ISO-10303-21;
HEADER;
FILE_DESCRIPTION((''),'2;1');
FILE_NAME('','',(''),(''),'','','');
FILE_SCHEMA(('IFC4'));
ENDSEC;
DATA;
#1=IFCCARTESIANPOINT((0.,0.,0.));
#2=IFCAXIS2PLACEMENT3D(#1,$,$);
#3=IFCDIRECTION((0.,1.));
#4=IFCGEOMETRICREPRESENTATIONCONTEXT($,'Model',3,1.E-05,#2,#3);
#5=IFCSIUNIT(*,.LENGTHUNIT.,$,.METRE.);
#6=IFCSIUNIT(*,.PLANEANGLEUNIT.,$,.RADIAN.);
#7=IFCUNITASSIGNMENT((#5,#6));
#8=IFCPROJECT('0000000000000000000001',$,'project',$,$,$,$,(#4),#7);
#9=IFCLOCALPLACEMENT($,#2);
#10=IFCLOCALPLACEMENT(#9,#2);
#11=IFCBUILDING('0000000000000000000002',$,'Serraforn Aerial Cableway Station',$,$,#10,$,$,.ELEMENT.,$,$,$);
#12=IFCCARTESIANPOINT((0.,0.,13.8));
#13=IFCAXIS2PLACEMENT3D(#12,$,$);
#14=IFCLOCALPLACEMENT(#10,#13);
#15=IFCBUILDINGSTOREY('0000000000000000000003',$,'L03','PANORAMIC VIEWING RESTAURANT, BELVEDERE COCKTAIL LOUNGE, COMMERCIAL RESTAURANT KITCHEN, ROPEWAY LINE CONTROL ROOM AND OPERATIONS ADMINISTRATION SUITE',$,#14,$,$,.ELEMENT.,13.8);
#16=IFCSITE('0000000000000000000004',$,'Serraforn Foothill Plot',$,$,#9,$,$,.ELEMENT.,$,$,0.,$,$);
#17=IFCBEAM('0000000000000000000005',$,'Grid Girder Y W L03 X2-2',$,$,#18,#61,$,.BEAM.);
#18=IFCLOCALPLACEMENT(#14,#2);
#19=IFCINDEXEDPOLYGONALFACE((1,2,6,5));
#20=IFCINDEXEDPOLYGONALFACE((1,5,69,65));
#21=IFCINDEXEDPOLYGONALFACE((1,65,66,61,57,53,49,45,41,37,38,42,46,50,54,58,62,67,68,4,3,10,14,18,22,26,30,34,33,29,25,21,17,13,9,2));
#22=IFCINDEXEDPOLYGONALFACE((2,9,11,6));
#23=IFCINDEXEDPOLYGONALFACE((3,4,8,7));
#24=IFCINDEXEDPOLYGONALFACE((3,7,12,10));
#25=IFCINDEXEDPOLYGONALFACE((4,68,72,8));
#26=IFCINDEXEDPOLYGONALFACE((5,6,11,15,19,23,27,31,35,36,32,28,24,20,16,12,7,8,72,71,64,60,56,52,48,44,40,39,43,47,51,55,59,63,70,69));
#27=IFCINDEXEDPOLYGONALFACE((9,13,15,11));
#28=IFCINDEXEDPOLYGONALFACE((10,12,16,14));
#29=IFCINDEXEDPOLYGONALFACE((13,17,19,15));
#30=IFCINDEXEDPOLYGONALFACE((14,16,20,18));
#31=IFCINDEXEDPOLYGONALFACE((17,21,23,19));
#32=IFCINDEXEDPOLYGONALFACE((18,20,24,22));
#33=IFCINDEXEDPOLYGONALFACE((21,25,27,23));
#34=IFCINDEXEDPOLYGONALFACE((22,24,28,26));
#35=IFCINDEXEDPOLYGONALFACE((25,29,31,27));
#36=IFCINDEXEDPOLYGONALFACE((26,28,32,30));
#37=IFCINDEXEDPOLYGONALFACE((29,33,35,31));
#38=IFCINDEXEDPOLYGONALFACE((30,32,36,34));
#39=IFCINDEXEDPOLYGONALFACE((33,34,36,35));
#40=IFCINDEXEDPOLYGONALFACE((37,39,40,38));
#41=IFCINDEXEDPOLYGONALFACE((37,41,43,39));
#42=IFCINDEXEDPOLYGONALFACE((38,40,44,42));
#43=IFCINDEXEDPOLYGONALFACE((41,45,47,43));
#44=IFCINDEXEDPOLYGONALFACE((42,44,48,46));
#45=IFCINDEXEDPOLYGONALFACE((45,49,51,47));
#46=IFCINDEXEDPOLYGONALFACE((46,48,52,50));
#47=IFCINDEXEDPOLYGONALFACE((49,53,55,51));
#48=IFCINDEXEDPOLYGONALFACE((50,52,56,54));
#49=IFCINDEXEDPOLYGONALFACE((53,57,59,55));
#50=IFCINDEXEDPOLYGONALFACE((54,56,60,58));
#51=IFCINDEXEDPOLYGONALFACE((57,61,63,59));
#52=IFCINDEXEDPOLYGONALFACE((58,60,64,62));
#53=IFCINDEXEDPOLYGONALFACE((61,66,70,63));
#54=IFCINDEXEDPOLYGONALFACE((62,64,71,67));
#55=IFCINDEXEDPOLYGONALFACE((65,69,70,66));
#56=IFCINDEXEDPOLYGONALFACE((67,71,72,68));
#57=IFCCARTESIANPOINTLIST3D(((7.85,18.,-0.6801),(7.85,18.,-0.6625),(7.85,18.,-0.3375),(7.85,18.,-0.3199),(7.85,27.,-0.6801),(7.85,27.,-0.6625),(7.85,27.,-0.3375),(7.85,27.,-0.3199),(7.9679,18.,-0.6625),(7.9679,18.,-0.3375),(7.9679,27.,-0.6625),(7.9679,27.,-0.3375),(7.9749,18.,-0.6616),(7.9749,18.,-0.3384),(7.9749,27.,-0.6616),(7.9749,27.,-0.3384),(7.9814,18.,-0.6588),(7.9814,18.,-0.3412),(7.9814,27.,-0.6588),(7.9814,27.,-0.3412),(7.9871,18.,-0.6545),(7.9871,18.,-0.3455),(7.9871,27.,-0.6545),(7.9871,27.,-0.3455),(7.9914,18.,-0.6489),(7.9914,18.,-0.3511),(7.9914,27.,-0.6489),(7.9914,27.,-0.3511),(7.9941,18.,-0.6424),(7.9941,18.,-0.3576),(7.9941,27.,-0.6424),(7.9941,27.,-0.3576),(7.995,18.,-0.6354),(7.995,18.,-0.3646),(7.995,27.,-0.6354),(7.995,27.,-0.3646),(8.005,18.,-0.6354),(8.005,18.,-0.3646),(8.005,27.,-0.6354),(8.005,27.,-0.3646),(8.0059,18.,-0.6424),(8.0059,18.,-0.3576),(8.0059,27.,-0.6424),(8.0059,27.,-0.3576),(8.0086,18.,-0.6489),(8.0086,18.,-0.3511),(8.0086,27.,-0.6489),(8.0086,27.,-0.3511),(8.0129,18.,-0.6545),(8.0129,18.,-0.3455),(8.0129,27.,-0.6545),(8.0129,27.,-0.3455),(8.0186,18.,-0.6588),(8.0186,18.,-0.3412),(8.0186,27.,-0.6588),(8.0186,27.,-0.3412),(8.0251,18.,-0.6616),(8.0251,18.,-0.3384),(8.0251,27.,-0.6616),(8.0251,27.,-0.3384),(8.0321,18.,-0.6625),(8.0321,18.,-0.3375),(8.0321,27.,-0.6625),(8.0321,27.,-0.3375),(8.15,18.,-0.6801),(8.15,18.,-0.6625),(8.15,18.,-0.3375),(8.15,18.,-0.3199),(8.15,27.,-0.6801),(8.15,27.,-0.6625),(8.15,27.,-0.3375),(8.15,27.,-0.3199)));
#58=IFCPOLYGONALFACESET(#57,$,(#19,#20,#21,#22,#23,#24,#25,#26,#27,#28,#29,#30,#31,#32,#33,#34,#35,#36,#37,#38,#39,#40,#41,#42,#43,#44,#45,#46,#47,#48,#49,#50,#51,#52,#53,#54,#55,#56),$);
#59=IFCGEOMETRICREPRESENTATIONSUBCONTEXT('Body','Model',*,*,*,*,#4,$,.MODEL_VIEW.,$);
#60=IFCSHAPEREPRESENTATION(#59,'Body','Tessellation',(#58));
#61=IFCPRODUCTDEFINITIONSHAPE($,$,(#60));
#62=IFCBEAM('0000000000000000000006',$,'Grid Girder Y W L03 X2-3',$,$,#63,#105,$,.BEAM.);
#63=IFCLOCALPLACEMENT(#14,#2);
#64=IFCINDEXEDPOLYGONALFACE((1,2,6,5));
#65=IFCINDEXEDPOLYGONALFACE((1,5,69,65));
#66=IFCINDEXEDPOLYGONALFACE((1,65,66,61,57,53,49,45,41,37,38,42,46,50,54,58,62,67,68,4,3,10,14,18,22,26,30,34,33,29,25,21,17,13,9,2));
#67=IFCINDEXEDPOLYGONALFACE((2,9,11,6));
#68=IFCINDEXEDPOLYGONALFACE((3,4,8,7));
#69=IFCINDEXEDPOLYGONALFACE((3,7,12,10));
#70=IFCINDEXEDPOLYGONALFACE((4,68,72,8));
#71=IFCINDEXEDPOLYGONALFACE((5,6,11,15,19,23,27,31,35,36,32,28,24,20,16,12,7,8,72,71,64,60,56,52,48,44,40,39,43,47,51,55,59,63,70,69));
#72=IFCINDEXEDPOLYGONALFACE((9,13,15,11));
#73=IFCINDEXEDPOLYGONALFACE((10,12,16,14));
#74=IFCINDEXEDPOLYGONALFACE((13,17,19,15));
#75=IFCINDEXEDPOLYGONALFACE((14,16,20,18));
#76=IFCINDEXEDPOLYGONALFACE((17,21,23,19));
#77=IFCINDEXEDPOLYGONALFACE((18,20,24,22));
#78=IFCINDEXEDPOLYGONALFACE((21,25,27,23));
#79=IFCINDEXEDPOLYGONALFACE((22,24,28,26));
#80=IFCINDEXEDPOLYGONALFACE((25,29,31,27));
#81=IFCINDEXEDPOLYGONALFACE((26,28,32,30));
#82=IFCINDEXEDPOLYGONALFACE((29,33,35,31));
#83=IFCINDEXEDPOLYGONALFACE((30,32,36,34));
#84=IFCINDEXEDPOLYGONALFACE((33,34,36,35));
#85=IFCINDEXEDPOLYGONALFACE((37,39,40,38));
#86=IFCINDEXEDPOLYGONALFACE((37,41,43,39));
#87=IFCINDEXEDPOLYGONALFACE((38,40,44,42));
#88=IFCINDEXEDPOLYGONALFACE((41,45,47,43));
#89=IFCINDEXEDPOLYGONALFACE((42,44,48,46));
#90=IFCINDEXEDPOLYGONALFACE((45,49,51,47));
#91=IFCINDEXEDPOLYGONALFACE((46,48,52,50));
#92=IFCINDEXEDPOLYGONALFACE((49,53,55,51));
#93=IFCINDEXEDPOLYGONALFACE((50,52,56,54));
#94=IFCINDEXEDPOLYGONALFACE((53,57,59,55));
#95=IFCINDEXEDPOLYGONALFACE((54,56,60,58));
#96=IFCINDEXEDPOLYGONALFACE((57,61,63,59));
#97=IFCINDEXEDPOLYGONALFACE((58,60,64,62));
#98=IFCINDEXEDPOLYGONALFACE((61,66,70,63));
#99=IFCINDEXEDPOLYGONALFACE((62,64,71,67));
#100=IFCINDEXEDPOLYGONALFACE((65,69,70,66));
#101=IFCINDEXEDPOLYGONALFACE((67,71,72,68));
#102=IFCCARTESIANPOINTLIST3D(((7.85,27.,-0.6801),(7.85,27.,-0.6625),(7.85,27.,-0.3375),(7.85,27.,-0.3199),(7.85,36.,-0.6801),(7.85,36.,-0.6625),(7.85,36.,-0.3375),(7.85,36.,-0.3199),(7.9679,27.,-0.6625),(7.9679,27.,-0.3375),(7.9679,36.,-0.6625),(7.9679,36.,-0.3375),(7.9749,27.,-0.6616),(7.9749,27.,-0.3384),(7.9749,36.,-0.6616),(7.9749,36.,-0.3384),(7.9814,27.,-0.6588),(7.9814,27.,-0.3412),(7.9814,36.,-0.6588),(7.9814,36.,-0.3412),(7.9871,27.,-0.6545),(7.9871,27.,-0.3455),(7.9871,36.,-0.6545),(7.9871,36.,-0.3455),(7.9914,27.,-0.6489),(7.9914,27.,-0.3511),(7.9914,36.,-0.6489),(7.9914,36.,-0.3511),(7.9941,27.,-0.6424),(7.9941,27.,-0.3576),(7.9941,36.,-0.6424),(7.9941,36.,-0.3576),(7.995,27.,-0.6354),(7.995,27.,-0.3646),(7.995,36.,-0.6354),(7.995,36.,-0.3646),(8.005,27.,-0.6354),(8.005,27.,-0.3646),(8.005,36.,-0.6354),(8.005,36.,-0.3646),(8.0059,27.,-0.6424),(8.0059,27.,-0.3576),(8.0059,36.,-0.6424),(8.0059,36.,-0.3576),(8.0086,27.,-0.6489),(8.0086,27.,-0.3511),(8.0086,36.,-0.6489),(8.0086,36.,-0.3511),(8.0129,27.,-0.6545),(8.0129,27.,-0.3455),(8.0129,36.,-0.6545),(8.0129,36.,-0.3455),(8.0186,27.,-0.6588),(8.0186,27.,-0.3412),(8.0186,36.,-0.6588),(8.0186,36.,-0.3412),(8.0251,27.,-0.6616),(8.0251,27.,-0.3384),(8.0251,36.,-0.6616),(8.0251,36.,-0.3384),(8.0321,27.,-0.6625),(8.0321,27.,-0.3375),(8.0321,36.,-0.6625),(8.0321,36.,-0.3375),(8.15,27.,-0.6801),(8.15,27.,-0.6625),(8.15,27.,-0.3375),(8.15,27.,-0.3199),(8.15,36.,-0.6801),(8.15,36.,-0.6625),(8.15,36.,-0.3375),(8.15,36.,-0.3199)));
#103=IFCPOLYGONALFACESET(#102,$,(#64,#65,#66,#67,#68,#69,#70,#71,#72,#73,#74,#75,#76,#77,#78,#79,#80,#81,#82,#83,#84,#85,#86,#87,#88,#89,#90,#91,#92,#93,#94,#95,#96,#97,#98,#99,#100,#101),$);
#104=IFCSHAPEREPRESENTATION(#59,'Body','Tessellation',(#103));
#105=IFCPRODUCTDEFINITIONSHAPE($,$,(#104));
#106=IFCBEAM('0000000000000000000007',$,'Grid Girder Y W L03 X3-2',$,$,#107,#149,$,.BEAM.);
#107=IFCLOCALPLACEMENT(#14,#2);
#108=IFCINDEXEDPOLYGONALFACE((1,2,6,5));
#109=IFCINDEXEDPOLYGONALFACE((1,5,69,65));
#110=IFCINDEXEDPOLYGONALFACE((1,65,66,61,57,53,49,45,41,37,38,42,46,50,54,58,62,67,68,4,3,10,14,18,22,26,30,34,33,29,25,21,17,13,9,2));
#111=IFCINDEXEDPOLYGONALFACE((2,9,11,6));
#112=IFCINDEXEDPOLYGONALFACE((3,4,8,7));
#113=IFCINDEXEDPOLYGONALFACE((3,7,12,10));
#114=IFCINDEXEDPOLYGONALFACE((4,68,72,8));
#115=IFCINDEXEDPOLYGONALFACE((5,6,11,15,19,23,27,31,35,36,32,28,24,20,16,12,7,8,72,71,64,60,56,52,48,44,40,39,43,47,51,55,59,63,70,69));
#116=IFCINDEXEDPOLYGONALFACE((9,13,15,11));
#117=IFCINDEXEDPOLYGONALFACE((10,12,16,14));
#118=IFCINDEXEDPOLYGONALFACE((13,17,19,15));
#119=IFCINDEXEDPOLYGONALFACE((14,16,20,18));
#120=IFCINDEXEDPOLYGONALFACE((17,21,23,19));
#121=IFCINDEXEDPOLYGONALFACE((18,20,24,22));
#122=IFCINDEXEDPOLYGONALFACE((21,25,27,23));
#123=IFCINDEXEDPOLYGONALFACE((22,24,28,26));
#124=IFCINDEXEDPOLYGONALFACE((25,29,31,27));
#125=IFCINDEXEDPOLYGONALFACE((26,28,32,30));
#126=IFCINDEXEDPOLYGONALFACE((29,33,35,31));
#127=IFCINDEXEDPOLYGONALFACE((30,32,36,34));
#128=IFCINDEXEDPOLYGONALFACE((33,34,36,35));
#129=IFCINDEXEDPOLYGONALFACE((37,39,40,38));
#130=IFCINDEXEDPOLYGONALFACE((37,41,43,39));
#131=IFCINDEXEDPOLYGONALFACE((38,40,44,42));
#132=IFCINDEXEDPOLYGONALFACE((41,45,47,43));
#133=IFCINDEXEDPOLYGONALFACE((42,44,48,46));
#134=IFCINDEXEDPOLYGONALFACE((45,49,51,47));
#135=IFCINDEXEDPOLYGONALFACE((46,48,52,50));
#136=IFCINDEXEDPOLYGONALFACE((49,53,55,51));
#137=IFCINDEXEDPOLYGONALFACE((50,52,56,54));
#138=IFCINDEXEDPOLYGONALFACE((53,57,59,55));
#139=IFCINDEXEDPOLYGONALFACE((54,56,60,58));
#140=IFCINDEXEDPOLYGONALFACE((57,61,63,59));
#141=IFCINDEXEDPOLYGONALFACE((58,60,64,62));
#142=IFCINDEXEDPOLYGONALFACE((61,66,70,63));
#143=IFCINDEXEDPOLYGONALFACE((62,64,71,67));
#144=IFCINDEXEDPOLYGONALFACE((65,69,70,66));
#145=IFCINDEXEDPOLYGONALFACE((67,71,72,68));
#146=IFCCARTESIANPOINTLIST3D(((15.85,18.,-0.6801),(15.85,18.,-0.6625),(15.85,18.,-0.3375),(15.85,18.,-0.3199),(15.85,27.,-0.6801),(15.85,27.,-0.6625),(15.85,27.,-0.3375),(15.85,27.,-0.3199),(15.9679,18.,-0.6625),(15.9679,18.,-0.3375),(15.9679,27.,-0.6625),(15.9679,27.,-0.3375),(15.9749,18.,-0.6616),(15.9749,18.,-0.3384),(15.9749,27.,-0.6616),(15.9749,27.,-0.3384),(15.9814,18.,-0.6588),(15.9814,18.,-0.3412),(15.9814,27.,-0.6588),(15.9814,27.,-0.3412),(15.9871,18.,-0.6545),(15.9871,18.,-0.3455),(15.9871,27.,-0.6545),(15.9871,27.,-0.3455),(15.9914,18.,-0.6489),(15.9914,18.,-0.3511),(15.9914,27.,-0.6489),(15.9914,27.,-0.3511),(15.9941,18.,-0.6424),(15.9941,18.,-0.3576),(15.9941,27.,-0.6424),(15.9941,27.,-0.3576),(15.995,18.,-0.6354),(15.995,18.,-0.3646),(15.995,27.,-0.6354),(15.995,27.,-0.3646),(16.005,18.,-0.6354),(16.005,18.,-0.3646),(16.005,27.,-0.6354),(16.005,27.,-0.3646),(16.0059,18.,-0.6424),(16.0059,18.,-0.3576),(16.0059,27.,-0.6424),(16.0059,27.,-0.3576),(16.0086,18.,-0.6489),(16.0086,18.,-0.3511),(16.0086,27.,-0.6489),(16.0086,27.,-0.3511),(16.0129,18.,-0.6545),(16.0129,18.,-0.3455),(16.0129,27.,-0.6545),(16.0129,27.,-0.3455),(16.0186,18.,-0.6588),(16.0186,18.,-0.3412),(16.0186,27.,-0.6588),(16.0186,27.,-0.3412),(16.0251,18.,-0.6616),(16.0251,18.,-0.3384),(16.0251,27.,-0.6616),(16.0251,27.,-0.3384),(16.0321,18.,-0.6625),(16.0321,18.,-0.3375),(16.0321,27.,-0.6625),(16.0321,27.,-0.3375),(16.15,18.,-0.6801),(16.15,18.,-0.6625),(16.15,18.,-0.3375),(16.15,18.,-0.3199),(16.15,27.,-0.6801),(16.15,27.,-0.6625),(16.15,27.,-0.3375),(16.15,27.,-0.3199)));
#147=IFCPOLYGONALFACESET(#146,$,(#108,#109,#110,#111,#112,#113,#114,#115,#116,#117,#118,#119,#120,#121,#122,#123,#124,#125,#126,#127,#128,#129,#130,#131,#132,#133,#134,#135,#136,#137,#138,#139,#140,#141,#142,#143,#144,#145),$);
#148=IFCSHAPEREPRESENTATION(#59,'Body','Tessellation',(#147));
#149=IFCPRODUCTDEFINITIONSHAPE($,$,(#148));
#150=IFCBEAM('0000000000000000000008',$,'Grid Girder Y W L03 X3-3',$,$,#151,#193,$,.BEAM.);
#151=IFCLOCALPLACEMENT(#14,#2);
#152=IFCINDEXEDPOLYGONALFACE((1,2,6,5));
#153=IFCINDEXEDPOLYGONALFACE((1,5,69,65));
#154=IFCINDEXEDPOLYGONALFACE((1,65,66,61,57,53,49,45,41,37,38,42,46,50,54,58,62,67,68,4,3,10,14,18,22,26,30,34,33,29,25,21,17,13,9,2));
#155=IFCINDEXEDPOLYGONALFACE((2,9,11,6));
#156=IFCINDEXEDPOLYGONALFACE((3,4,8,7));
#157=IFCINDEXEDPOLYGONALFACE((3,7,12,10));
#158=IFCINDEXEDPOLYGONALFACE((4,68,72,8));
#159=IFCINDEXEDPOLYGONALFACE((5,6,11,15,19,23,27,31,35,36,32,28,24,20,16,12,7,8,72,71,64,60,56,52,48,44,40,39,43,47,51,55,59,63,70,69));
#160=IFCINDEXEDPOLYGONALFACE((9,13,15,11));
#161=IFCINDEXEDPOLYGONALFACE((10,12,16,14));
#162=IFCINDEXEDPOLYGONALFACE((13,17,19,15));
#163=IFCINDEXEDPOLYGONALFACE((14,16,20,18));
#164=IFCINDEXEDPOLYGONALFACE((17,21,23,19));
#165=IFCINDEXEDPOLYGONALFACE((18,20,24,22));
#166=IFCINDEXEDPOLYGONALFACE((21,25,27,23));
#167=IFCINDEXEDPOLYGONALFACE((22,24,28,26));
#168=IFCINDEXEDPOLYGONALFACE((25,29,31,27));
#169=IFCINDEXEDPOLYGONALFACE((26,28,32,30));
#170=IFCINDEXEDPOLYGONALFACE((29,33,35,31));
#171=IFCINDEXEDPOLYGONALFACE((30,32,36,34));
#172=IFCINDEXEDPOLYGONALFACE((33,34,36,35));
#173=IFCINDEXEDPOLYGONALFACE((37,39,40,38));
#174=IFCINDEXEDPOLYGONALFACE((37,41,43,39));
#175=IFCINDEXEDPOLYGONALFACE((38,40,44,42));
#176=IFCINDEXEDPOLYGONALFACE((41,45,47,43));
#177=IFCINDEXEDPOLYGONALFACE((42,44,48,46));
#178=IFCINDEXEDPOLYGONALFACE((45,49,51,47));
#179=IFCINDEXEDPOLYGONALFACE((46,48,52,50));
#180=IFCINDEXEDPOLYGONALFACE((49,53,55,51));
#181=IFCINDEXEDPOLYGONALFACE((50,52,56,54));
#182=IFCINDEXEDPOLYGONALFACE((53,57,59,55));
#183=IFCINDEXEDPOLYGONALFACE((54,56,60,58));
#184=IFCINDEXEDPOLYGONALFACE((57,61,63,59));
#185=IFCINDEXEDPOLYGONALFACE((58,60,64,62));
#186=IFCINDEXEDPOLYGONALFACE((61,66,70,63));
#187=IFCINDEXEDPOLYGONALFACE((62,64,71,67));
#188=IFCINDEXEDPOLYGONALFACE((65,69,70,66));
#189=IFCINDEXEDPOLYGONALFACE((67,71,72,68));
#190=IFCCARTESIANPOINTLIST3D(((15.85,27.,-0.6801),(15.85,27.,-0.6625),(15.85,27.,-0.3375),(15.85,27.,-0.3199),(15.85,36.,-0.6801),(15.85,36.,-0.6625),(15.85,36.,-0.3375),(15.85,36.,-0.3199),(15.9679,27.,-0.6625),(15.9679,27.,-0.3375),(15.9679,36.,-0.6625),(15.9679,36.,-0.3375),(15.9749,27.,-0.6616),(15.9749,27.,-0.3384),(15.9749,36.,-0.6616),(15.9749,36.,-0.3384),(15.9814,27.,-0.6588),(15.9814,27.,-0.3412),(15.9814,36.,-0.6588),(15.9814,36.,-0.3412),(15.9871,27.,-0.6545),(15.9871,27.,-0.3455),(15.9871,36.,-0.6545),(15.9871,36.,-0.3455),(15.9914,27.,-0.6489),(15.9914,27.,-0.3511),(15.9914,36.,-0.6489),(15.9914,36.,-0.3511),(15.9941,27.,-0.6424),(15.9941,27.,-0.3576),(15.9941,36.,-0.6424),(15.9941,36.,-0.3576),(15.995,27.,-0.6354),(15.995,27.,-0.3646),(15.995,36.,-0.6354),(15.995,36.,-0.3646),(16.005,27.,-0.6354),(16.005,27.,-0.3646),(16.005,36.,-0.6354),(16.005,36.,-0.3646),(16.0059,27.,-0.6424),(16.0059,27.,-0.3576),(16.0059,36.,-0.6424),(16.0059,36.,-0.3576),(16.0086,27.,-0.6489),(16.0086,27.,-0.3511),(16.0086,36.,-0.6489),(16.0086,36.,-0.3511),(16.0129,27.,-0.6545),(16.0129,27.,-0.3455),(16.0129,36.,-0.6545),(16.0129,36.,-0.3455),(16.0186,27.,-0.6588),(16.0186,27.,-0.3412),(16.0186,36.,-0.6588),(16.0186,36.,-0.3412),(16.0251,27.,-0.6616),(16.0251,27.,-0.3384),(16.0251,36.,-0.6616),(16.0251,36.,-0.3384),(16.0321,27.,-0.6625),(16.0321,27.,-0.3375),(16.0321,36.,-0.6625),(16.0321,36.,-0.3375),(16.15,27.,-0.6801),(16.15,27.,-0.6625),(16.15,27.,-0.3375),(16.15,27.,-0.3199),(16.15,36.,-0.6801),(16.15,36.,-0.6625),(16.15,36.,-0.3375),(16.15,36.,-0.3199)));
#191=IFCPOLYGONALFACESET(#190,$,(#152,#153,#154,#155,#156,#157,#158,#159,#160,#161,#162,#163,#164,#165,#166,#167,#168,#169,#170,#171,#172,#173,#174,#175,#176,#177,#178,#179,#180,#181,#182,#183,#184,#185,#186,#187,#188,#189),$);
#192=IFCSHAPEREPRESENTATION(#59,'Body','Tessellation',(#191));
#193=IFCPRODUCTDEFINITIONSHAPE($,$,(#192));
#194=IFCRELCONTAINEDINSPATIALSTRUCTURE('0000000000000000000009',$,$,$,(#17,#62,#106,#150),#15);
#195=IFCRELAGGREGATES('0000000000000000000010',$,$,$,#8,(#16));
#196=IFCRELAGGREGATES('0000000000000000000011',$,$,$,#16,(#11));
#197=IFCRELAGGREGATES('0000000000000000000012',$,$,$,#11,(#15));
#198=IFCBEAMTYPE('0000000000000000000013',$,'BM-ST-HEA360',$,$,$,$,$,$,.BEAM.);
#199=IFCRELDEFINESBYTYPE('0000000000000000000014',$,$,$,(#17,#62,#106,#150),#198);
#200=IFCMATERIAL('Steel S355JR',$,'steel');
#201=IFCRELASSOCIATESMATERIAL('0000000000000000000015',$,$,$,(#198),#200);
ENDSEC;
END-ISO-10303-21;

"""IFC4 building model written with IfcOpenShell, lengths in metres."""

from ifc_helpers import new_model, si_unit, direction, frame, origin, origin_2d, place, context, subcontext, project, spatial, i_section, extrude, material, material_profile, profile_set, type_object, element, save


model = new_model("IFC4")

# Units and contexts
model_context = context("Model", 3, precision=1e-05, world=origin(), true_north=direction((0.0, 1.0)))
body_context = subcontext(model_context, "Body", "Model", "MODEL_VIEW")
ifc_project = project(units=[si_unit("LENGTHUNIT", "METRE"), si_unit("PLANEANGLEUNIT", "RADIAN")], contexts=[model_context])

# Site, building, storey
site_placement = place(None, origin())
site = spatial("IfcSite", under=ifc_project, at=site_placement, Name="Serraforn Foothill Plot", CompositionType="ELEMENT", RefElevation=0.0)
building_placement = place(site_placement, origin())
building = spatial("IfcBuilding", under=site, at=building_placement, Name="Serraforn Aerial Cableway Station", CompositionType="ELEMENT")
storey_placement = place(building_placement, frame((0.0, 0.0, 13.8)))
storey = spatial("IfcBuildingStorey", under=building, at=storey_placement, Name="L03", Description="PANORAMIC VIEWING RESTAURANT, BELVEDERE COCKTAIL LOUNGE, COMMERCIAL RESTAURANT KITCHEN, ROPEWAY LINE CONTROL ROOM AND OPERATIONS ADMINISTRATION SUITE", CompositionType="ELEMENT", Elevation=13.8)

# Shared definitions
ifc_material_1 = material(Name="Steel S355JR", Category="steel")

# Beams
ifc_material_profile_1 = material_profile(ifc_material_1, i_section(OverallWidth=0.3, OverallDepth=0.3601, WebThickness=0.01, FlangeThickness=0.0176, FilletRadius=0.0271, at=origin_2d()), Name="HEA 360")
ifc_profile_set_1 = profile_set([ifc_material_profile_1], Name="Steel S355JR")
beam_type_1 = type_object("IfcBeamType", Name="BM-ST-HEA360", PredefinedType="BEAM", material=ifc_profile_set_1)
for number, where, z_axis, x_axis, name in (
    (1, (8.0, 18.0, -0.5), (0.0, 1.0, 0.0), (-1.0, 0.0, 0.0), "Grid Girder Y W L03 X2-2"),
    (2, (8.0, 27.0, -0.5), (0.0, 1.0, 0.0), (-1.0, 0.0, 0.0), "Grid Girder Y W L03 X2-3"),
    (3, (16.0, 18.0, -0.5), (0.0, 1.0, 0.0), (-1.0, 0.0, 0.0), "Grid Girder Y W L03 X3-2"),
    (4, (16.0, 27.0, -0.5), (0.0, 1.0, 0.0), (-1.0, 0.0, 0.0), "Grid Girder Y W L03 X3-3"),
):
    element("IfcBeam", number, at=place(storey_placement, frame(where, z_axis=z_axis, x_axis=x_axis)), inside=storey, type_object=beam_type_1, Name=name, PredefinedType="BEAM", context=body_context, shape_type="SweptSolid", body=[
        extrude(i_section(OverallWidth=0.3, OverallDepth=0.3601, WebThickness=0.01, FlangeThickness=0.0176, FilletRadius=0.0271, at=origin_2d()), origin(), (0.0, 0.0, 1.0), 9.0),
    ])

save(model, "model.ifc")
